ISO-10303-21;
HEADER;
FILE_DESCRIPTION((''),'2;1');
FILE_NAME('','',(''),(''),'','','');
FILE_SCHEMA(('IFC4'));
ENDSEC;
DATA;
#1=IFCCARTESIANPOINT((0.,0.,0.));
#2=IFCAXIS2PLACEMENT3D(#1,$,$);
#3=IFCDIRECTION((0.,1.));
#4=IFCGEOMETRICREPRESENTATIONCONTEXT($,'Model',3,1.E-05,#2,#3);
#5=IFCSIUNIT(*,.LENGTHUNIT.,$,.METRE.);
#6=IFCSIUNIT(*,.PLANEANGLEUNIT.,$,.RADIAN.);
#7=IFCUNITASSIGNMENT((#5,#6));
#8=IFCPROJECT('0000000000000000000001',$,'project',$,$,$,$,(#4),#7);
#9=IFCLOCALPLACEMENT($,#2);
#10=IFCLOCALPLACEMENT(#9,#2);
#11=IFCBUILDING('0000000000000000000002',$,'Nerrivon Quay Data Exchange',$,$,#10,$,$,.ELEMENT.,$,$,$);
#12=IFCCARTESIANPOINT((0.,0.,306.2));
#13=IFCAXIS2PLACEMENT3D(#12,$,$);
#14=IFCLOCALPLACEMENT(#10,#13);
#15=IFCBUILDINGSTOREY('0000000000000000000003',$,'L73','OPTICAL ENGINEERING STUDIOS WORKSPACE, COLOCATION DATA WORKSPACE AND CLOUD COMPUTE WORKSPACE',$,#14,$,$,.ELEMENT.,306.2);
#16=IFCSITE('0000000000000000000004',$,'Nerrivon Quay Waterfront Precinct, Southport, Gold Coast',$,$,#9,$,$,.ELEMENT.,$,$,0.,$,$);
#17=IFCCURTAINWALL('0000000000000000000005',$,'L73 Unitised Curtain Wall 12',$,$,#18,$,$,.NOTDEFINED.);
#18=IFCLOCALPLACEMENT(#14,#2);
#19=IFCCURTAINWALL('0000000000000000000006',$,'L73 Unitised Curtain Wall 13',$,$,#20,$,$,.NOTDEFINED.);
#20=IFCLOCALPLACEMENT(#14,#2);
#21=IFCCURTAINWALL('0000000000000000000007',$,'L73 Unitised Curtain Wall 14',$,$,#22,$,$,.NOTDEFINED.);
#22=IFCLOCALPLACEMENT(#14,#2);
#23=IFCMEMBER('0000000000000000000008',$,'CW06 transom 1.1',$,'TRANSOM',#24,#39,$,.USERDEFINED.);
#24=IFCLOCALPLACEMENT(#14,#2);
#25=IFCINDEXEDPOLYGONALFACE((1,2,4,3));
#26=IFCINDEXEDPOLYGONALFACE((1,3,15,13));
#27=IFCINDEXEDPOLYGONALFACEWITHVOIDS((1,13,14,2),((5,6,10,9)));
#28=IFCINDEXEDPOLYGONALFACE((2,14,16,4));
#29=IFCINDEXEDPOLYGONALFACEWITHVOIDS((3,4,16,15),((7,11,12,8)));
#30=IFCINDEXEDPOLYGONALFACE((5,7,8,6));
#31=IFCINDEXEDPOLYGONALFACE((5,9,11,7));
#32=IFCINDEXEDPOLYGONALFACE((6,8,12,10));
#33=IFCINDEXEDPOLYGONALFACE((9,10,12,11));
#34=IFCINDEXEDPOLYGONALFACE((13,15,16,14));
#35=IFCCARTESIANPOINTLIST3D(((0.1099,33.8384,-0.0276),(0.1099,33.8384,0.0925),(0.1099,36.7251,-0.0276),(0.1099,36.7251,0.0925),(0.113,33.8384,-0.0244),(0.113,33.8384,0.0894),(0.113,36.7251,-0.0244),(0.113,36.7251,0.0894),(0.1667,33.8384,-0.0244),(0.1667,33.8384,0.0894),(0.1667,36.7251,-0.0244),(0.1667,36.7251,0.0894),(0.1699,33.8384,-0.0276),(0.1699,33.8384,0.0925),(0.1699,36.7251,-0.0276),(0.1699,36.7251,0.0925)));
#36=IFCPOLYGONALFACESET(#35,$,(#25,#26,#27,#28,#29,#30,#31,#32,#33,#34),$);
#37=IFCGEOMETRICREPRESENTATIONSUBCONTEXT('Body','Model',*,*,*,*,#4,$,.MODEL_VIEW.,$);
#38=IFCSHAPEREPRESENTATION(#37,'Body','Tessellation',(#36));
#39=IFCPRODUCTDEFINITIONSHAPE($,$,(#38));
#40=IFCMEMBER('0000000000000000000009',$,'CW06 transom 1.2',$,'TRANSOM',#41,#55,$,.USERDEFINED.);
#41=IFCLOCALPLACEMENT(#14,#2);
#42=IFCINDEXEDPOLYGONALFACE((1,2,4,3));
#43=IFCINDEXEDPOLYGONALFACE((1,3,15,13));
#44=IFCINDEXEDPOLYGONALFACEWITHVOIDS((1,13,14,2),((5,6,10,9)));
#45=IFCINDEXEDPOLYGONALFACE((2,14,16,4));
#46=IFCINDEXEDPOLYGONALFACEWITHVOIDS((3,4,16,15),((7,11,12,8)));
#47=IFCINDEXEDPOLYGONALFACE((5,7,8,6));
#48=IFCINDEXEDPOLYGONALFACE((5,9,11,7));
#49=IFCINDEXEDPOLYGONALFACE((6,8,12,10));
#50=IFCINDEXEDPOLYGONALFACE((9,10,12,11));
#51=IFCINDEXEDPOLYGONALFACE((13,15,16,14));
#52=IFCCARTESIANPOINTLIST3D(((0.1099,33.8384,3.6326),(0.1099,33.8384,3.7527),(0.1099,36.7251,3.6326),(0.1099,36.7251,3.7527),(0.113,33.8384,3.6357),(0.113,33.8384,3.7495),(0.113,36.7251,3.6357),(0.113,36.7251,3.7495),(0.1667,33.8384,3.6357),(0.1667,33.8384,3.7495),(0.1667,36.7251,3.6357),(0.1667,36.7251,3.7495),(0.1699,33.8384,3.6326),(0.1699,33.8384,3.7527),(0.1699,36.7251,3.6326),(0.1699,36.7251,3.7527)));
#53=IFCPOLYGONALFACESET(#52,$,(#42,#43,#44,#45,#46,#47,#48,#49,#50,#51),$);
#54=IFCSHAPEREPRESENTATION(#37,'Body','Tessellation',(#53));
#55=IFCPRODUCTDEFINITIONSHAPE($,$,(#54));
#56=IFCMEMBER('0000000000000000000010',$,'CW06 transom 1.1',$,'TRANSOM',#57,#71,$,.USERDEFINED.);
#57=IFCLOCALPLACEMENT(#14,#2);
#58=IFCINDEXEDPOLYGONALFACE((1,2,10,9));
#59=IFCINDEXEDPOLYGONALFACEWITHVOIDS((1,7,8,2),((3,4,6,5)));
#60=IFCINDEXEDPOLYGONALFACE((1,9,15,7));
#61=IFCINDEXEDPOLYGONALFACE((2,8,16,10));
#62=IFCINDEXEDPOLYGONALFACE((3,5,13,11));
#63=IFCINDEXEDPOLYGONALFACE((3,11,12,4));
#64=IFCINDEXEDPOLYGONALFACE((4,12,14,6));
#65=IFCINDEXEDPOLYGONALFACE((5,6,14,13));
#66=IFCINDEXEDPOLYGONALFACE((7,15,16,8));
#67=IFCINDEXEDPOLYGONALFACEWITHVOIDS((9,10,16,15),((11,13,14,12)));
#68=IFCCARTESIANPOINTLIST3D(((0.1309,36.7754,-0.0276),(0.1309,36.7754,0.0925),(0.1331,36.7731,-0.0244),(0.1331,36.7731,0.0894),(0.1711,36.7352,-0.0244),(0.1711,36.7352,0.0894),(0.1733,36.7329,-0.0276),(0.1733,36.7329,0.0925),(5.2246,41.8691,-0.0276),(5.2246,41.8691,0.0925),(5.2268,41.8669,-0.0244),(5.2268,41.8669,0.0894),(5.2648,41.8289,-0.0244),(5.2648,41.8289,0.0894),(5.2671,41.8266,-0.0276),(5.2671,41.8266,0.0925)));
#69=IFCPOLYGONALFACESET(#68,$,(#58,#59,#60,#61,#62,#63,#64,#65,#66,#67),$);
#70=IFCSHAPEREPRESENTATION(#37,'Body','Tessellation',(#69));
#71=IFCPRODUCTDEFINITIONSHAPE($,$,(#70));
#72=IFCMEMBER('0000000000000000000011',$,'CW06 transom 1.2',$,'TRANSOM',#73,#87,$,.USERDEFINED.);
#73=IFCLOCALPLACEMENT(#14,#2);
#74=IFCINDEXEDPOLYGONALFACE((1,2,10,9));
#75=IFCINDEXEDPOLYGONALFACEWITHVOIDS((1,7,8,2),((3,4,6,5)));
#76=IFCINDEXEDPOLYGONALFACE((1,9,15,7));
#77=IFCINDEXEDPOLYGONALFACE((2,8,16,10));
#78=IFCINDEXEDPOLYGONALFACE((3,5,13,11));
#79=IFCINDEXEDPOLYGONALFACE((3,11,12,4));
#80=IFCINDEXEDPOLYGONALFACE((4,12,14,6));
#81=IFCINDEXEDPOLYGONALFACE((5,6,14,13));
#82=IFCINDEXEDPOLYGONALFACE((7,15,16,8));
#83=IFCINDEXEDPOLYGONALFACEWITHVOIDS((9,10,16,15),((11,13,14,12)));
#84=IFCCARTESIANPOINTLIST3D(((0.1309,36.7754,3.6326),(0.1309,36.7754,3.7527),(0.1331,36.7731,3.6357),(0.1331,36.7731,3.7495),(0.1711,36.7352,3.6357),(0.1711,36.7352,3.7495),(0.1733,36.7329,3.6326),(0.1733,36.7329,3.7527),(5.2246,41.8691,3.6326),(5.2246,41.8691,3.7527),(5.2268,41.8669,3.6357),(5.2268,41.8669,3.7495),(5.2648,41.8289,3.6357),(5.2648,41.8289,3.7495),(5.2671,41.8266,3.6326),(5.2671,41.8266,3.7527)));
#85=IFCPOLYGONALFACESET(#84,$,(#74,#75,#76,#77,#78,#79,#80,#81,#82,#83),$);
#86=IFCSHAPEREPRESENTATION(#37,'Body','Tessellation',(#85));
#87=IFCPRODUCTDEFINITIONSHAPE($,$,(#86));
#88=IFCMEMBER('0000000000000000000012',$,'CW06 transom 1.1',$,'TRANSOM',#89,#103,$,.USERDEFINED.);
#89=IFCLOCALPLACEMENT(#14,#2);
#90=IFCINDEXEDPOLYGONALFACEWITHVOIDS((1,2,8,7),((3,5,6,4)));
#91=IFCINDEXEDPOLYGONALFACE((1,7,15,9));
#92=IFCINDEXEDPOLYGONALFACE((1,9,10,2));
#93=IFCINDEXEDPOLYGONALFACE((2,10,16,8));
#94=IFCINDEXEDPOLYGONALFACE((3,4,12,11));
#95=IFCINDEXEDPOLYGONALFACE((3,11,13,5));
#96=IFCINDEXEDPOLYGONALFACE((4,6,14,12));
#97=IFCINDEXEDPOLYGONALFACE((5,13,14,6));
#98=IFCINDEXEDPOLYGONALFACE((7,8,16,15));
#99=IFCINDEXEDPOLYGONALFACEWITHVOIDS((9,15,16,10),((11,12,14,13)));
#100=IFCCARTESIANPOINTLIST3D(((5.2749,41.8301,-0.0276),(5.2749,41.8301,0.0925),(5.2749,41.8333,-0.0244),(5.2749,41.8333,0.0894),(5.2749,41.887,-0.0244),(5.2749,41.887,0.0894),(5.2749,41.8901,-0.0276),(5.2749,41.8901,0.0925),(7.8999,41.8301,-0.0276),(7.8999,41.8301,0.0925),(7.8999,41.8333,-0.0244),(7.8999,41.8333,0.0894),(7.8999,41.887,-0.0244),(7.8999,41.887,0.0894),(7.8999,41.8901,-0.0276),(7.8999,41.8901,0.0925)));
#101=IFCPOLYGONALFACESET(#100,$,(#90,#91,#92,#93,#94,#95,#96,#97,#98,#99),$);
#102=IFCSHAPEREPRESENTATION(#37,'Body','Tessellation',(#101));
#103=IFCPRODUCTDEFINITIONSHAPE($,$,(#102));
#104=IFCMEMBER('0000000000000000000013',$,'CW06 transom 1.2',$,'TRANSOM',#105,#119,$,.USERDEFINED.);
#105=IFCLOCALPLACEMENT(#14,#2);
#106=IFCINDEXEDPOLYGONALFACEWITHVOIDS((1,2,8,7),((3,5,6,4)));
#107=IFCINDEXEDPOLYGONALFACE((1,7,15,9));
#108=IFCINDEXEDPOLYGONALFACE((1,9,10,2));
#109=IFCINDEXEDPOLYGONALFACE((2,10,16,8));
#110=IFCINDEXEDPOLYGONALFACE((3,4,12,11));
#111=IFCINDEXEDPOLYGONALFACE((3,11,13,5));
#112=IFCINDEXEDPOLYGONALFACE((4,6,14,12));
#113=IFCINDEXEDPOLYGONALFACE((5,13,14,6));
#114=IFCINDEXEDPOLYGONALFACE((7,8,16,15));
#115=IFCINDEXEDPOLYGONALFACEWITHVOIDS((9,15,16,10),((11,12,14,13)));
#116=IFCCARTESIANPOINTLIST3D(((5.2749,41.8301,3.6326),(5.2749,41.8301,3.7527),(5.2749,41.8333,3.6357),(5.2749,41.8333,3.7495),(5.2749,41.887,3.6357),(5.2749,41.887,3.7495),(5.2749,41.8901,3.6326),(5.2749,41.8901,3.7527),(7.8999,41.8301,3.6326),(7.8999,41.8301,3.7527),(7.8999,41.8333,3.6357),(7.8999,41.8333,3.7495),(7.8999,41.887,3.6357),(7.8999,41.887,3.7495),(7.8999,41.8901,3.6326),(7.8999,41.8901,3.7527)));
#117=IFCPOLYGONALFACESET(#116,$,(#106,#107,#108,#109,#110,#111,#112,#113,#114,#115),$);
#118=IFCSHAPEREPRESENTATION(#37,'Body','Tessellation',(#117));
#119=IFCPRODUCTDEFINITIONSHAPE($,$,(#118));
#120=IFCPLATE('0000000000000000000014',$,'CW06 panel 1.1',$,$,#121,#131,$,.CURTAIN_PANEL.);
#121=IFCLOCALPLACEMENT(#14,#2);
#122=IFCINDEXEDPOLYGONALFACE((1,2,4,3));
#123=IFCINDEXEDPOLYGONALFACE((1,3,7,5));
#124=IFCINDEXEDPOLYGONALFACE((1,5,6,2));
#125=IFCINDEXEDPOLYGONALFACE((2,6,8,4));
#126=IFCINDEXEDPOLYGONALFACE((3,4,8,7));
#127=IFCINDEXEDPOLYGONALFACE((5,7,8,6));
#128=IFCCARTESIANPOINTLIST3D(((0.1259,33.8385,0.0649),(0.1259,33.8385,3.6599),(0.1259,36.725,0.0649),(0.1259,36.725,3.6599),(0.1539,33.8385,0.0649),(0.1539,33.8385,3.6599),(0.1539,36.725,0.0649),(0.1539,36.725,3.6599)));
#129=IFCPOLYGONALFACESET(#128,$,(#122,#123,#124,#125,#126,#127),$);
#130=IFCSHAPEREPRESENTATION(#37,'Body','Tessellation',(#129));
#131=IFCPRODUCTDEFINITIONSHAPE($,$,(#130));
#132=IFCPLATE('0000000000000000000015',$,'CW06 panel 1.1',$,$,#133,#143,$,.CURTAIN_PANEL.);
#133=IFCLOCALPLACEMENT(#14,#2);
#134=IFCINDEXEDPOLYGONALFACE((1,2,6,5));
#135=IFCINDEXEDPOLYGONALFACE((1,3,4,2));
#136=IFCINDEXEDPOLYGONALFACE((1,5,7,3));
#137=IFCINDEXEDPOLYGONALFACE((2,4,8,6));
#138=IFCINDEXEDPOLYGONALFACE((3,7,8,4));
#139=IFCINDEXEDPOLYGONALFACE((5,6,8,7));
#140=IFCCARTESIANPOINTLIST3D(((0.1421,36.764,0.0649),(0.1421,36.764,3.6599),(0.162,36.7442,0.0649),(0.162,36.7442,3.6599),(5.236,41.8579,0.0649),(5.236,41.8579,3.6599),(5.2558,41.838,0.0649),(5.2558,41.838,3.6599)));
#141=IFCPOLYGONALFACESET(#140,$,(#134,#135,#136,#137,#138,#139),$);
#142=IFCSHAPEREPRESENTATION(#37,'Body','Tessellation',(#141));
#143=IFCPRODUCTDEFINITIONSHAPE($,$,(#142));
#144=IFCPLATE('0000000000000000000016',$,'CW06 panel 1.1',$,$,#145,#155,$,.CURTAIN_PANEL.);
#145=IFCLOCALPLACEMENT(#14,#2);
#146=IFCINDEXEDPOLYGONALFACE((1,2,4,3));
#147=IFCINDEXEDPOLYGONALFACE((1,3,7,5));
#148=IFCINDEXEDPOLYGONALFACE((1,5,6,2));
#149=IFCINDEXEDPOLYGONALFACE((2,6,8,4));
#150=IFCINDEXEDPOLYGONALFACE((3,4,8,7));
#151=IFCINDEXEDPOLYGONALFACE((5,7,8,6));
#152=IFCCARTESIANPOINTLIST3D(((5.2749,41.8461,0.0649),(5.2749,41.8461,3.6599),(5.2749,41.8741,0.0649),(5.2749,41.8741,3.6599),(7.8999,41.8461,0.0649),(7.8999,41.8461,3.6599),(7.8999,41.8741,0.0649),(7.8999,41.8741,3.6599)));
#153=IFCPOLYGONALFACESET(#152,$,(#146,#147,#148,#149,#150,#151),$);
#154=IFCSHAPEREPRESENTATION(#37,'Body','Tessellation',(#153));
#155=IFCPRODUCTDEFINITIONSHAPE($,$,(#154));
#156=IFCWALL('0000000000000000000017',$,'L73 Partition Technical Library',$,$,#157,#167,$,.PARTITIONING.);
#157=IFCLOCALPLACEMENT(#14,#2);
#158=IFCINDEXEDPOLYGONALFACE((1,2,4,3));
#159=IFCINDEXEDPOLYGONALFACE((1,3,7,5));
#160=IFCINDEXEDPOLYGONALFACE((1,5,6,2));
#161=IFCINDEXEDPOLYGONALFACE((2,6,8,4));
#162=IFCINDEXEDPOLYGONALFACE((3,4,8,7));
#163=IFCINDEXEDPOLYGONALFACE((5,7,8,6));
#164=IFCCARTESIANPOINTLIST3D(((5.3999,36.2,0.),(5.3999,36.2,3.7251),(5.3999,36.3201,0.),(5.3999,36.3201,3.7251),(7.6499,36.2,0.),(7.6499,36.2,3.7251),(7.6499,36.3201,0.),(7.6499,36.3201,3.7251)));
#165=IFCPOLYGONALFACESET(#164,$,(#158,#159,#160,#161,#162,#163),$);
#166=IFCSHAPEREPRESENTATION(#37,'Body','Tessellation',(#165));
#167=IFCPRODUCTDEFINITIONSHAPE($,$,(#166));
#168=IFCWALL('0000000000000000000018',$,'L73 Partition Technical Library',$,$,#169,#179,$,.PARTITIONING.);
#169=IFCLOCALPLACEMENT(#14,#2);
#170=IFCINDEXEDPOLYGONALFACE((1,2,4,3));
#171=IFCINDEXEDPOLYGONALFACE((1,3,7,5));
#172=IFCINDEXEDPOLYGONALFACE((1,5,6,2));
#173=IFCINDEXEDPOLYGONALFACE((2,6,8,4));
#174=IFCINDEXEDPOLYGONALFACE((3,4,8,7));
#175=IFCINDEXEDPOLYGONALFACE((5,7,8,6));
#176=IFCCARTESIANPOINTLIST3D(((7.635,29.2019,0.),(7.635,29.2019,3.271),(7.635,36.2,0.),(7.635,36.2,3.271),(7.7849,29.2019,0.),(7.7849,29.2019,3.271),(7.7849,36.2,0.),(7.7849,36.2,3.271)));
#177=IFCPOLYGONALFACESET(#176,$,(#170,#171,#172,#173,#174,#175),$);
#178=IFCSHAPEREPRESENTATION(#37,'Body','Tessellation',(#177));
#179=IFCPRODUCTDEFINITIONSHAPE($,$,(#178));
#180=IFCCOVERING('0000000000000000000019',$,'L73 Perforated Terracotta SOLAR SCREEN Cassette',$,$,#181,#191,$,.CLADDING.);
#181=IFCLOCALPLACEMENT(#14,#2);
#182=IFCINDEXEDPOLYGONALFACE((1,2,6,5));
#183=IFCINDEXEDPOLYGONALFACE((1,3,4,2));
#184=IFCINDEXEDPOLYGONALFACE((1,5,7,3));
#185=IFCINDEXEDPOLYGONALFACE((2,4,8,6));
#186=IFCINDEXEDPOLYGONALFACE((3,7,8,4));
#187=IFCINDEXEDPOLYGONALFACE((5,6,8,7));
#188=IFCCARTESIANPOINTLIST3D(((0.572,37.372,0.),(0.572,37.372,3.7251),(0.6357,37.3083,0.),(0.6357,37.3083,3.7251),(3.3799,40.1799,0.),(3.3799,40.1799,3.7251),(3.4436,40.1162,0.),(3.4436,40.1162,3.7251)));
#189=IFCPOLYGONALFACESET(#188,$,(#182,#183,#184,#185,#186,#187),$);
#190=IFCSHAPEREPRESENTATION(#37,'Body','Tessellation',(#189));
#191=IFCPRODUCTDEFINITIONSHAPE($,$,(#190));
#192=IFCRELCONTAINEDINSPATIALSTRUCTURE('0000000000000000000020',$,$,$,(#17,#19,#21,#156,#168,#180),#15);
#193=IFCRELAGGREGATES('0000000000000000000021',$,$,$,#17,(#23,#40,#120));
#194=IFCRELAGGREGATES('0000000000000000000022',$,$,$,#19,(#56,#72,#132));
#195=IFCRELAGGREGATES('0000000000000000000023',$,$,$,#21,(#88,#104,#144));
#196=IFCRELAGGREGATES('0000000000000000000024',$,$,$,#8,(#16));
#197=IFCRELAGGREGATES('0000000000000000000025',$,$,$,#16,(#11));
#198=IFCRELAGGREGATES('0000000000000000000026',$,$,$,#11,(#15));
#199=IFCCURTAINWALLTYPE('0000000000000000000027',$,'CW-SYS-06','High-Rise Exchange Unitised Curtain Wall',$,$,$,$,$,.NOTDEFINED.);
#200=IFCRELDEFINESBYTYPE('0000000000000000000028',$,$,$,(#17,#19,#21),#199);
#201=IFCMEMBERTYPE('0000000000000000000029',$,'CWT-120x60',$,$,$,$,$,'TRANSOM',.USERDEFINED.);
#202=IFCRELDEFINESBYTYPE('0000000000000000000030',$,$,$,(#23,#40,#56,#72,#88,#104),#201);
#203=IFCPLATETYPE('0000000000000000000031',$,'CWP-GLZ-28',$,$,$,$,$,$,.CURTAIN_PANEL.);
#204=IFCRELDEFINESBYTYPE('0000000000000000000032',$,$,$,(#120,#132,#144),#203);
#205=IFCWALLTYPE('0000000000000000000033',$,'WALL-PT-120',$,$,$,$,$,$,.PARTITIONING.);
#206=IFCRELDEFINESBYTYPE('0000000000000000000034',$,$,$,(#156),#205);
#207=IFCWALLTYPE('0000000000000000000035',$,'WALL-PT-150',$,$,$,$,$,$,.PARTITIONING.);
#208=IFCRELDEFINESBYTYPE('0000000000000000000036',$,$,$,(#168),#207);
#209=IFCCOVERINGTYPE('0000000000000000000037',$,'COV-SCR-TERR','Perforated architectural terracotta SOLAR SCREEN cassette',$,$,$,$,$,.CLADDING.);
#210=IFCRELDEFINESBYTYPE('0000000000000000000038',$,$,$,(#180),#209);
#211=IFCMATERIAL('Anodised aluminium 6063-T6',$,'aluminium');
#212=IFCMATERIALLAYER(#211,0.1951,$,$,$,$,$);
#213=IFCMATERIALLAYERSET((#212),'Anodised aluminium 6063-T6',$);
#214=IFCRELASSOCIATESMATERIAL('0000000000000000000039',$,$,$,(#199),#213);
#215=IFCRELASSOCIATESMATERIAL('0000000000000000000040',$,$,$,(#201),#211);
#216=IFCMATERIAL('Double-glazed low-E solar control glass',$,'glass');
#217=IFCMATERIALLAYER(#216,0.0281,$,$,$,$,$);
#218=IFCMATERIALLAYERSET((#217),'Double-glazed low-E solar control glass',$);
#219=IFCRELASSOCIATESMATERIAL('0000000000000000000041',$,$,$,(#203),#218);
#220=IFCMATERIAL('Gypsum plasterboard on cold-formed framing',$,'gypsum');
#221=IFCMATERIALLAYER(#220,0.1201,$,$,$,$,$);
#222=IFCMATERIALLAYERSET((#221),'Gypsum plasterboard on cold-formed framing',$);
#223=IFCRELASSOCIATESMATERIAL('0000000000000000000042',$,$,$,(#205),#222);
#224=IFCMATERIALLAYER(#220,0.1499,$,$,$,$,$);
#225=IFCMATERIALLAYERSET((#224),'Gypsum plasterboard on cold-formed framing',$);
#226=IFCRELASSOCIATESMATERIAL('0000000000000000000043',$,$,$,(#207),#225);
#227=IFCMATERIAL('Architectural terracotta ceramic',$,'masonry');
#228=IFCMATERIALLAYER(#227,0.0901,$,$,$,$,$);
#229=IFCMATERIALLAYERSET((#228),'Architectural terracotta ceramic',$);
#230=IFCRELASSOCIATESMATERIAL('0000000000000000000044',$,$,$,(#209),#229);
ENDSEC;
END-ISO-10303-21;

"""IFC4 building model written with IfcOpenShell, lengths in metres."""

from ifc_helpers import new_model, si_unit, direction, frame, frame_2d, origin, origin_2d, place, context, subcontext, project, spatial, rectangle, hollow_rectangle, extrude, material, layer, layer_set, material_profile, profile_set, type_object, element, aggregate, save


model = new_model("IFC4")

# Units and contexts
model_context = context("Model", 3, precision=1e-05, world=origin(), true_north=direction((0.0, 1.0)))
body_context = subcontext(model_context, "Body", "Model", "MODEL_VIEW")
ifc_project = project(units=[si_unit("LENGTHUNIT", "METRE"), si_unit("PLANEANGLEUNIT", "RADIAN")], contexts=[model_context])

# Site, building, storey
site_placement = place(None, origin())
site = spatial("IfcSite", under=ifc_project, at=site_placement, Name="Nerrivon Quay Waterfront Precinct, Southport, Gold Coast", CompositionType="ELEMENT", RefElevation=0.0)
building_placement = place(site_placement, origin())
building = spatial("IfcBuilding", under=site, at=building_placement, Name="Nerrivon Quay Data Exchange", CompositionType="ELEMENT")
storey_placement = place(building_placement, frame((0.0, 0.0, 306.2)))
storey = spatial("IfcBuildingStorey", under=building, at=storey_placement, Name="L73", Description="OPTICAL ENGINEERING STUDIOS WORKSPACE, COLOCATION DATA WORKSPACE AND CLOUD COMPUTE WORKSPACE", CompositionType="ELEMENT", Elevation=306.2)

# Curtain walls
ifc_material_1 = material(Name="Anodised aluminium 6063-T6", Category="aluminium")
ifc_layer_1 = layer(ifc_material_1, 0.1951)
ifc_layer_set_1 = layer_set([ifc_layer_1], Name="Anodised aluminium 6063-T6")
curtain_wall_type = type_object("IfcCurtainWallType", Name="CW-SYS-06", Description="High-Rise Exchange Unitised Curtain Wall", PredefinedType="NOTDEFINED", material=ifc_layer_set_1)
curtain_wall_1_placement = place(storey_placement, origin())
curtain_wall_1 = element("IfcCurtainWall", 1, at=curtain_wall_1_placement, inside=storey, type_object=curtain_wall_type, Name="L73 Unitised Curtain Wall 12", PredefinedType="NOTDEFINED")
curtain_wall_2_placement = place(storey_placement, origin())
curtain_wall_2 = element("IfcCurtainWall", 2, at=curtain_wall_2_placement, inside=storey, type_object=curtain_wall_type, Name="L73 Unitised Curtain Wall 13", PredefinedType="NOTDEFINED")

# Curtain wall
curtain_wall_3_placement = place(storey_placement, origin())
curtain_wall_3 = element("IfcCurtainWall", 3, at=curtain_wall_3_placement, inside=storey, type_object=curtain_wall_type, Name="L73 Unitised Curtain Wall 14", PredefinedType="NOTDEFINED")

# Members
ifc_material_profile_1 = material_profile(ifc_material_1, hollow_rectangle(XDim=0.0601, YDim=0.1201, WallThickness=0.0032, at=origin_2d()), Name="ALU-TRAN-120x60")
ifc_profile_set_1 = profile_set([ifc_material_profile_1], Name="Anodised aluminium 6063-T6")
member_type_1 = type_object("IfcMemberType", Name="CWT-120x60", ElementType="TRANSOM", PredefinedType="USERDEFINED", material=ifc_profile_set_1)
member_1_placement = place(storey_placement, frame((0.1399, 33.8384, 0.0325), z_axis=(0.0, 1.0, 0.0), x_axis=(-1.0, 0.0, 0.0)))
member_1 = element("IfcMember", 4, at=member_1_placement, type_object=member_type_1, Name="CW06 transom 1.1", ObjectType="TRANSOM", PredefinedType="USERDEFINED", context=body_context, shape_type="SweptSolid", body=[
    extrude(hollow_rectangle(XDim=0.0601, YDim=0.1201, WallThickness=0.0032, at=origin_2d()), origin(), (0.0, 0.0, 1.0), 2.8867),
])
member_2_placement = place(storey_placement, frame((0.1399, 33.8384, 3.6926), z_axis=(0.0, 1.0, 0.0), x_axis=(-1.0, 0.0, 0.0)))
member_2 = element("IfcMember", 5, at=member_2_placement, type_object=member_type_1, Name="CW06 transom 1.2", ObjectType="TRANSOM", PredefinedType="USERDEFINED", context=body_context, shape_type="SweptSolid", body=[
    extrude(hollow_rectangle(XDim=0.0601, YDim=0.1201, WallThickness=0.0032, at=origin_2d()), origin(), (0.0, 0.0, 1.0), 2.8867),
])
member_3_placement = place(storey_placement, frame((0.1521, 36.7542, 0.0325), z_axis=(0.707107, 0.707107, 0.0), x_axis=(-0.707107, 0.707107, 0.0)))
member_3 = element("IfcMember", 6, at=member_3_placement, type_object=member_type_1, Name="CW06 transom 1.1", ObjectType="TRANSOM", PredefinedType="USERDEFINED", context=body_context, shape_type="SweptSolid", body=[
    extrude(hollow_rectangle(XDim=0.0601, YDim=0.1201, WallThickness=0.0032, at=origin_2d()), origin(), (0.0, 0.0, 1.0), 7.2036),
])
member_4_placement = place(storey_placement, frame((0.1521, 36.7542, 3.6926), z_axis=(0.707107, 0.707107, 0.0), x_axis=(-0.707107, 0.707107, 0.0)))
member_4 = element("IfcMember", 7, at=member_4_placement, type_object=member_type_1, Name="CW06 transom 1.2", ObjectType="TRANSOM", PredefinedType="USERDEFINED", context=body_context, shape_type="SweptSolid", body=[
    extrude(hollow_rectangle(XDim=0.0601, YDim=0.1201, WallThickness=0.0032, at=origin_2d()), origin(), (0.0, 0.0, 1.0), 7.2036),
])
member_5_placement = place(storey_placement, frame((5.2749, 41.8601, 0.0325), z_axis=(1.0, 0.0, 0.0), x_axis=(0.0, 1.0, 0.0)))
member_5 = element("IfcMember", 8, at=member_5_placement, type_object=member_type_1, Name="CW06 transom 1.1", ObjectType="TRANSOM", PredefinedType="USERDEFINED", context=body_context, shape_type="SweptSolid", body=[
    extrude(hollow_rectangle(XDim=0.0601, YDim=0.1201, WallThickness=0.0032, at=origin_2d()), origin(), (0.0, 0.0, 1.0), 2.625),
])
member_6_placement = place(storey_placement, frame((5.2749, 41.8601, 3.6926), z_axis=(1.0, 0.0, 0.0), x_axis=(0.0, 1.0, 0.0)))
member_6 = element("IfcMember", 9, at=member_6_placement, type_object=member_type_1, Name="CW06 transom 1.2", ObjectType="TRANSOM", PredefinedType="USERDEFINED", context=body_context, shape_type="SweptSolid", body=[
    extrude(hollow_rectangle(XDim=0.0601, YDim=0.1201, WallThickness=0.0032, at=origin_2d()), origin(), (0.0, 0.0, 1.0), 2.625),
])

# Plates
ifc_material_2 = material(Name="Double-glazed low-E solar control glass", Category="glass")
ifc_layer_2 = layer(ifc_material_2, 0.0281)
ifc_layer_set_2 = layer_set([ifc_layer_2], Name="Double-glazed low-E solar control glass")
plate_type = type_object("IfcPlateType", Name="CWP-GLZ-28", PredefinedType="CURTAIN_PANEL", material=ifc_layer_set_2)
plate_1_placement = place(storey_placement, frame((0.1399, 35.2817, 0.0649), z_axis=(0.0, 0.0, 1.0), x_axis=(0.0, 1.0, 0.0)))
plate_1 = element("IfcPlate", 10, at=plate_1_placement, type_object=plate_type, Name="CW06 panel 1.1", PredefinedType="CURTAIN_PANEL", context=body_context, shape_type="SweptSolid", body=[
    extrude(rectangle(XDim=2.8865, YDim=0.0281, at=origin_2d()), origin(), (0.0, 0.0, 1.0), 3.595),
])
aggregate(curtain_wall_1, [member_1, member_2, plate_1])
plate_2_placement = place(storey_placement, frame((2.699, 39.301, 0.0649), z_axis=(0.0, 0.0, 1.0), x_axis=(0.707107, 0.707107, 0.0)))
plate_2 = element("IfcPlate", 11, at=plate_2_placement, type_object=plate_type, Name="CW06 panel 1.1", PredefinedType="CURTAIN_PANEL", context=body_context, shape_type="SweptSolid", body=[
    extrude(rectangle(XDim=7.2039, YDim=0.0281, at=origin_2d()), origin(), (0.0, 0.0, 1.0), 3.595),
])
aggregate(curtain_wall_2, [member_3, member_4, plate_2])
plate_3_placement = place(storey_placement, frame((6.5874, 41.8601, 0.0649), z_axis=(0.0, 0.0, 1.0), x_axis=(1.0, 0.0, 0.0)))
plate_3 = element("IfcPlate", 12, at=plate_3_placement, type_object=plate_type, Name="CW06 panel 1.1", PredefinedType="CURTAIN_PANEL", context=body_context, shape_type="SweptSolid", body=[
    extrude(rectangle(XDim=2.625, YDim=0.0281, at=origin_2d()), origin(), (0.0, 0.0, 1.0), 3.595),
])
aggregate(curtain_wall_3, [member_5, member_6, plate_3])

# Walls
ifc_material_3 = material(Name="Gypsum plasterboard on cold-formed framing", Category="gypsum")
ifc_layer_3 = layer(ifc_material_3, 0.1201)
ifc_layer_set_3 = layer_set([ifc_layer_3], Name="Gypsum plasterboard on cold-formed framing")
wall_type_1 = type_object("IfcWallType", Name="WALL-PT-120", PredefinedType="PARTITIONING", material=ifc_layer_set_3)
wall_1_placement = place(storey_placement, frame((5.3999, 36.26, 0.0), z_axis=(0.0, 0.0, 1.0), x_axis=(1.0, 0.0, 0.0)))
element("IfcWall", 13, at=wall_1_placement, inside=storey, type_object=wall_type_1, Name="L73 Partition Technical Library", PredefinedType="PARTITIONING", context=body_context, shape_type="SweptSolid", body=[
    extrude(rectangle(XDim=2.25, YDim=0.1201, at=frame_2d((1.125, 0.0))), origin(), (0.0, 0.0, 1.0), 3.7251),
])
ifc_layer_4 = layer(ifc_material_3, 0.1499)
ifc_layer_set_4 = layer_set([ifc_layer_4], Name="Gypsum plasterboard on cold-formed framing")
wall_type_2 = type_object("IfcWallType", Name="WALL-PT-150", PredefinedType="PARTITIONING", material=ifc_layer_set_4)
wall_2_placement = place(storey_placement, frame((7.71, 36.2, 0.0), z_axis=(0.0, 0.0, 1.0), x_axis=(0.0, -1.0, 0.0)))
element("IfcWall", 14, at=wall_2_placement, inside=storey, type_object=wall_type_2, Name="L73 Partition Technical Library", PredefinedType="PARTITIONING", context=body_context, shape_type="SweptSolid", body=[
    extrude(rectangle(XDim=6.998, YDim=0.1499, at=frame_2d((3.499, 0.0))), origin(), (0.0, 0.0, 1.0), 3.271),
])

# Covering
ifc_material_4 = material(Name="Architectural terracotta ceramic", Category="masonry")
ifc_layer_5 = layer(ifc_material_4, 0.0901)
ifc_layer_set_5 = layer_set([ifc_layer_5], Name="Architectural terracotta ceramic")
covering_type = type_object("IfcCoveringType", Name="COV-SCR-TERR", Description="Perforated architectural terracotta SOLAR SCREEN cassette", PredefinedType="CLADDING", material=ifc_layer_set_5)
covering_placement = place(storey_placement, frame((2.0078, 38.7441, 0.0), z_axis=(0.0, 0.0, 1.0), x_axis=(0.707107, 0.707107, 0.0)))
element("IfcCovering", 15, at=covering_placement, inside=storey, type_object=covering_type, Name="L73 Perforated Terracotta SOLAR SCREEN Cassette", PredefinedType="CLADDING", context=body_context, shape_type="SweptSolid", body=[
    extrude(rectangle(XDim=3.9709, YDim=0.0901, at=origin_2d()), origin(), (0.0, 0.0, 1.0), 3.7251),
])

save(model, "model.ifc")
